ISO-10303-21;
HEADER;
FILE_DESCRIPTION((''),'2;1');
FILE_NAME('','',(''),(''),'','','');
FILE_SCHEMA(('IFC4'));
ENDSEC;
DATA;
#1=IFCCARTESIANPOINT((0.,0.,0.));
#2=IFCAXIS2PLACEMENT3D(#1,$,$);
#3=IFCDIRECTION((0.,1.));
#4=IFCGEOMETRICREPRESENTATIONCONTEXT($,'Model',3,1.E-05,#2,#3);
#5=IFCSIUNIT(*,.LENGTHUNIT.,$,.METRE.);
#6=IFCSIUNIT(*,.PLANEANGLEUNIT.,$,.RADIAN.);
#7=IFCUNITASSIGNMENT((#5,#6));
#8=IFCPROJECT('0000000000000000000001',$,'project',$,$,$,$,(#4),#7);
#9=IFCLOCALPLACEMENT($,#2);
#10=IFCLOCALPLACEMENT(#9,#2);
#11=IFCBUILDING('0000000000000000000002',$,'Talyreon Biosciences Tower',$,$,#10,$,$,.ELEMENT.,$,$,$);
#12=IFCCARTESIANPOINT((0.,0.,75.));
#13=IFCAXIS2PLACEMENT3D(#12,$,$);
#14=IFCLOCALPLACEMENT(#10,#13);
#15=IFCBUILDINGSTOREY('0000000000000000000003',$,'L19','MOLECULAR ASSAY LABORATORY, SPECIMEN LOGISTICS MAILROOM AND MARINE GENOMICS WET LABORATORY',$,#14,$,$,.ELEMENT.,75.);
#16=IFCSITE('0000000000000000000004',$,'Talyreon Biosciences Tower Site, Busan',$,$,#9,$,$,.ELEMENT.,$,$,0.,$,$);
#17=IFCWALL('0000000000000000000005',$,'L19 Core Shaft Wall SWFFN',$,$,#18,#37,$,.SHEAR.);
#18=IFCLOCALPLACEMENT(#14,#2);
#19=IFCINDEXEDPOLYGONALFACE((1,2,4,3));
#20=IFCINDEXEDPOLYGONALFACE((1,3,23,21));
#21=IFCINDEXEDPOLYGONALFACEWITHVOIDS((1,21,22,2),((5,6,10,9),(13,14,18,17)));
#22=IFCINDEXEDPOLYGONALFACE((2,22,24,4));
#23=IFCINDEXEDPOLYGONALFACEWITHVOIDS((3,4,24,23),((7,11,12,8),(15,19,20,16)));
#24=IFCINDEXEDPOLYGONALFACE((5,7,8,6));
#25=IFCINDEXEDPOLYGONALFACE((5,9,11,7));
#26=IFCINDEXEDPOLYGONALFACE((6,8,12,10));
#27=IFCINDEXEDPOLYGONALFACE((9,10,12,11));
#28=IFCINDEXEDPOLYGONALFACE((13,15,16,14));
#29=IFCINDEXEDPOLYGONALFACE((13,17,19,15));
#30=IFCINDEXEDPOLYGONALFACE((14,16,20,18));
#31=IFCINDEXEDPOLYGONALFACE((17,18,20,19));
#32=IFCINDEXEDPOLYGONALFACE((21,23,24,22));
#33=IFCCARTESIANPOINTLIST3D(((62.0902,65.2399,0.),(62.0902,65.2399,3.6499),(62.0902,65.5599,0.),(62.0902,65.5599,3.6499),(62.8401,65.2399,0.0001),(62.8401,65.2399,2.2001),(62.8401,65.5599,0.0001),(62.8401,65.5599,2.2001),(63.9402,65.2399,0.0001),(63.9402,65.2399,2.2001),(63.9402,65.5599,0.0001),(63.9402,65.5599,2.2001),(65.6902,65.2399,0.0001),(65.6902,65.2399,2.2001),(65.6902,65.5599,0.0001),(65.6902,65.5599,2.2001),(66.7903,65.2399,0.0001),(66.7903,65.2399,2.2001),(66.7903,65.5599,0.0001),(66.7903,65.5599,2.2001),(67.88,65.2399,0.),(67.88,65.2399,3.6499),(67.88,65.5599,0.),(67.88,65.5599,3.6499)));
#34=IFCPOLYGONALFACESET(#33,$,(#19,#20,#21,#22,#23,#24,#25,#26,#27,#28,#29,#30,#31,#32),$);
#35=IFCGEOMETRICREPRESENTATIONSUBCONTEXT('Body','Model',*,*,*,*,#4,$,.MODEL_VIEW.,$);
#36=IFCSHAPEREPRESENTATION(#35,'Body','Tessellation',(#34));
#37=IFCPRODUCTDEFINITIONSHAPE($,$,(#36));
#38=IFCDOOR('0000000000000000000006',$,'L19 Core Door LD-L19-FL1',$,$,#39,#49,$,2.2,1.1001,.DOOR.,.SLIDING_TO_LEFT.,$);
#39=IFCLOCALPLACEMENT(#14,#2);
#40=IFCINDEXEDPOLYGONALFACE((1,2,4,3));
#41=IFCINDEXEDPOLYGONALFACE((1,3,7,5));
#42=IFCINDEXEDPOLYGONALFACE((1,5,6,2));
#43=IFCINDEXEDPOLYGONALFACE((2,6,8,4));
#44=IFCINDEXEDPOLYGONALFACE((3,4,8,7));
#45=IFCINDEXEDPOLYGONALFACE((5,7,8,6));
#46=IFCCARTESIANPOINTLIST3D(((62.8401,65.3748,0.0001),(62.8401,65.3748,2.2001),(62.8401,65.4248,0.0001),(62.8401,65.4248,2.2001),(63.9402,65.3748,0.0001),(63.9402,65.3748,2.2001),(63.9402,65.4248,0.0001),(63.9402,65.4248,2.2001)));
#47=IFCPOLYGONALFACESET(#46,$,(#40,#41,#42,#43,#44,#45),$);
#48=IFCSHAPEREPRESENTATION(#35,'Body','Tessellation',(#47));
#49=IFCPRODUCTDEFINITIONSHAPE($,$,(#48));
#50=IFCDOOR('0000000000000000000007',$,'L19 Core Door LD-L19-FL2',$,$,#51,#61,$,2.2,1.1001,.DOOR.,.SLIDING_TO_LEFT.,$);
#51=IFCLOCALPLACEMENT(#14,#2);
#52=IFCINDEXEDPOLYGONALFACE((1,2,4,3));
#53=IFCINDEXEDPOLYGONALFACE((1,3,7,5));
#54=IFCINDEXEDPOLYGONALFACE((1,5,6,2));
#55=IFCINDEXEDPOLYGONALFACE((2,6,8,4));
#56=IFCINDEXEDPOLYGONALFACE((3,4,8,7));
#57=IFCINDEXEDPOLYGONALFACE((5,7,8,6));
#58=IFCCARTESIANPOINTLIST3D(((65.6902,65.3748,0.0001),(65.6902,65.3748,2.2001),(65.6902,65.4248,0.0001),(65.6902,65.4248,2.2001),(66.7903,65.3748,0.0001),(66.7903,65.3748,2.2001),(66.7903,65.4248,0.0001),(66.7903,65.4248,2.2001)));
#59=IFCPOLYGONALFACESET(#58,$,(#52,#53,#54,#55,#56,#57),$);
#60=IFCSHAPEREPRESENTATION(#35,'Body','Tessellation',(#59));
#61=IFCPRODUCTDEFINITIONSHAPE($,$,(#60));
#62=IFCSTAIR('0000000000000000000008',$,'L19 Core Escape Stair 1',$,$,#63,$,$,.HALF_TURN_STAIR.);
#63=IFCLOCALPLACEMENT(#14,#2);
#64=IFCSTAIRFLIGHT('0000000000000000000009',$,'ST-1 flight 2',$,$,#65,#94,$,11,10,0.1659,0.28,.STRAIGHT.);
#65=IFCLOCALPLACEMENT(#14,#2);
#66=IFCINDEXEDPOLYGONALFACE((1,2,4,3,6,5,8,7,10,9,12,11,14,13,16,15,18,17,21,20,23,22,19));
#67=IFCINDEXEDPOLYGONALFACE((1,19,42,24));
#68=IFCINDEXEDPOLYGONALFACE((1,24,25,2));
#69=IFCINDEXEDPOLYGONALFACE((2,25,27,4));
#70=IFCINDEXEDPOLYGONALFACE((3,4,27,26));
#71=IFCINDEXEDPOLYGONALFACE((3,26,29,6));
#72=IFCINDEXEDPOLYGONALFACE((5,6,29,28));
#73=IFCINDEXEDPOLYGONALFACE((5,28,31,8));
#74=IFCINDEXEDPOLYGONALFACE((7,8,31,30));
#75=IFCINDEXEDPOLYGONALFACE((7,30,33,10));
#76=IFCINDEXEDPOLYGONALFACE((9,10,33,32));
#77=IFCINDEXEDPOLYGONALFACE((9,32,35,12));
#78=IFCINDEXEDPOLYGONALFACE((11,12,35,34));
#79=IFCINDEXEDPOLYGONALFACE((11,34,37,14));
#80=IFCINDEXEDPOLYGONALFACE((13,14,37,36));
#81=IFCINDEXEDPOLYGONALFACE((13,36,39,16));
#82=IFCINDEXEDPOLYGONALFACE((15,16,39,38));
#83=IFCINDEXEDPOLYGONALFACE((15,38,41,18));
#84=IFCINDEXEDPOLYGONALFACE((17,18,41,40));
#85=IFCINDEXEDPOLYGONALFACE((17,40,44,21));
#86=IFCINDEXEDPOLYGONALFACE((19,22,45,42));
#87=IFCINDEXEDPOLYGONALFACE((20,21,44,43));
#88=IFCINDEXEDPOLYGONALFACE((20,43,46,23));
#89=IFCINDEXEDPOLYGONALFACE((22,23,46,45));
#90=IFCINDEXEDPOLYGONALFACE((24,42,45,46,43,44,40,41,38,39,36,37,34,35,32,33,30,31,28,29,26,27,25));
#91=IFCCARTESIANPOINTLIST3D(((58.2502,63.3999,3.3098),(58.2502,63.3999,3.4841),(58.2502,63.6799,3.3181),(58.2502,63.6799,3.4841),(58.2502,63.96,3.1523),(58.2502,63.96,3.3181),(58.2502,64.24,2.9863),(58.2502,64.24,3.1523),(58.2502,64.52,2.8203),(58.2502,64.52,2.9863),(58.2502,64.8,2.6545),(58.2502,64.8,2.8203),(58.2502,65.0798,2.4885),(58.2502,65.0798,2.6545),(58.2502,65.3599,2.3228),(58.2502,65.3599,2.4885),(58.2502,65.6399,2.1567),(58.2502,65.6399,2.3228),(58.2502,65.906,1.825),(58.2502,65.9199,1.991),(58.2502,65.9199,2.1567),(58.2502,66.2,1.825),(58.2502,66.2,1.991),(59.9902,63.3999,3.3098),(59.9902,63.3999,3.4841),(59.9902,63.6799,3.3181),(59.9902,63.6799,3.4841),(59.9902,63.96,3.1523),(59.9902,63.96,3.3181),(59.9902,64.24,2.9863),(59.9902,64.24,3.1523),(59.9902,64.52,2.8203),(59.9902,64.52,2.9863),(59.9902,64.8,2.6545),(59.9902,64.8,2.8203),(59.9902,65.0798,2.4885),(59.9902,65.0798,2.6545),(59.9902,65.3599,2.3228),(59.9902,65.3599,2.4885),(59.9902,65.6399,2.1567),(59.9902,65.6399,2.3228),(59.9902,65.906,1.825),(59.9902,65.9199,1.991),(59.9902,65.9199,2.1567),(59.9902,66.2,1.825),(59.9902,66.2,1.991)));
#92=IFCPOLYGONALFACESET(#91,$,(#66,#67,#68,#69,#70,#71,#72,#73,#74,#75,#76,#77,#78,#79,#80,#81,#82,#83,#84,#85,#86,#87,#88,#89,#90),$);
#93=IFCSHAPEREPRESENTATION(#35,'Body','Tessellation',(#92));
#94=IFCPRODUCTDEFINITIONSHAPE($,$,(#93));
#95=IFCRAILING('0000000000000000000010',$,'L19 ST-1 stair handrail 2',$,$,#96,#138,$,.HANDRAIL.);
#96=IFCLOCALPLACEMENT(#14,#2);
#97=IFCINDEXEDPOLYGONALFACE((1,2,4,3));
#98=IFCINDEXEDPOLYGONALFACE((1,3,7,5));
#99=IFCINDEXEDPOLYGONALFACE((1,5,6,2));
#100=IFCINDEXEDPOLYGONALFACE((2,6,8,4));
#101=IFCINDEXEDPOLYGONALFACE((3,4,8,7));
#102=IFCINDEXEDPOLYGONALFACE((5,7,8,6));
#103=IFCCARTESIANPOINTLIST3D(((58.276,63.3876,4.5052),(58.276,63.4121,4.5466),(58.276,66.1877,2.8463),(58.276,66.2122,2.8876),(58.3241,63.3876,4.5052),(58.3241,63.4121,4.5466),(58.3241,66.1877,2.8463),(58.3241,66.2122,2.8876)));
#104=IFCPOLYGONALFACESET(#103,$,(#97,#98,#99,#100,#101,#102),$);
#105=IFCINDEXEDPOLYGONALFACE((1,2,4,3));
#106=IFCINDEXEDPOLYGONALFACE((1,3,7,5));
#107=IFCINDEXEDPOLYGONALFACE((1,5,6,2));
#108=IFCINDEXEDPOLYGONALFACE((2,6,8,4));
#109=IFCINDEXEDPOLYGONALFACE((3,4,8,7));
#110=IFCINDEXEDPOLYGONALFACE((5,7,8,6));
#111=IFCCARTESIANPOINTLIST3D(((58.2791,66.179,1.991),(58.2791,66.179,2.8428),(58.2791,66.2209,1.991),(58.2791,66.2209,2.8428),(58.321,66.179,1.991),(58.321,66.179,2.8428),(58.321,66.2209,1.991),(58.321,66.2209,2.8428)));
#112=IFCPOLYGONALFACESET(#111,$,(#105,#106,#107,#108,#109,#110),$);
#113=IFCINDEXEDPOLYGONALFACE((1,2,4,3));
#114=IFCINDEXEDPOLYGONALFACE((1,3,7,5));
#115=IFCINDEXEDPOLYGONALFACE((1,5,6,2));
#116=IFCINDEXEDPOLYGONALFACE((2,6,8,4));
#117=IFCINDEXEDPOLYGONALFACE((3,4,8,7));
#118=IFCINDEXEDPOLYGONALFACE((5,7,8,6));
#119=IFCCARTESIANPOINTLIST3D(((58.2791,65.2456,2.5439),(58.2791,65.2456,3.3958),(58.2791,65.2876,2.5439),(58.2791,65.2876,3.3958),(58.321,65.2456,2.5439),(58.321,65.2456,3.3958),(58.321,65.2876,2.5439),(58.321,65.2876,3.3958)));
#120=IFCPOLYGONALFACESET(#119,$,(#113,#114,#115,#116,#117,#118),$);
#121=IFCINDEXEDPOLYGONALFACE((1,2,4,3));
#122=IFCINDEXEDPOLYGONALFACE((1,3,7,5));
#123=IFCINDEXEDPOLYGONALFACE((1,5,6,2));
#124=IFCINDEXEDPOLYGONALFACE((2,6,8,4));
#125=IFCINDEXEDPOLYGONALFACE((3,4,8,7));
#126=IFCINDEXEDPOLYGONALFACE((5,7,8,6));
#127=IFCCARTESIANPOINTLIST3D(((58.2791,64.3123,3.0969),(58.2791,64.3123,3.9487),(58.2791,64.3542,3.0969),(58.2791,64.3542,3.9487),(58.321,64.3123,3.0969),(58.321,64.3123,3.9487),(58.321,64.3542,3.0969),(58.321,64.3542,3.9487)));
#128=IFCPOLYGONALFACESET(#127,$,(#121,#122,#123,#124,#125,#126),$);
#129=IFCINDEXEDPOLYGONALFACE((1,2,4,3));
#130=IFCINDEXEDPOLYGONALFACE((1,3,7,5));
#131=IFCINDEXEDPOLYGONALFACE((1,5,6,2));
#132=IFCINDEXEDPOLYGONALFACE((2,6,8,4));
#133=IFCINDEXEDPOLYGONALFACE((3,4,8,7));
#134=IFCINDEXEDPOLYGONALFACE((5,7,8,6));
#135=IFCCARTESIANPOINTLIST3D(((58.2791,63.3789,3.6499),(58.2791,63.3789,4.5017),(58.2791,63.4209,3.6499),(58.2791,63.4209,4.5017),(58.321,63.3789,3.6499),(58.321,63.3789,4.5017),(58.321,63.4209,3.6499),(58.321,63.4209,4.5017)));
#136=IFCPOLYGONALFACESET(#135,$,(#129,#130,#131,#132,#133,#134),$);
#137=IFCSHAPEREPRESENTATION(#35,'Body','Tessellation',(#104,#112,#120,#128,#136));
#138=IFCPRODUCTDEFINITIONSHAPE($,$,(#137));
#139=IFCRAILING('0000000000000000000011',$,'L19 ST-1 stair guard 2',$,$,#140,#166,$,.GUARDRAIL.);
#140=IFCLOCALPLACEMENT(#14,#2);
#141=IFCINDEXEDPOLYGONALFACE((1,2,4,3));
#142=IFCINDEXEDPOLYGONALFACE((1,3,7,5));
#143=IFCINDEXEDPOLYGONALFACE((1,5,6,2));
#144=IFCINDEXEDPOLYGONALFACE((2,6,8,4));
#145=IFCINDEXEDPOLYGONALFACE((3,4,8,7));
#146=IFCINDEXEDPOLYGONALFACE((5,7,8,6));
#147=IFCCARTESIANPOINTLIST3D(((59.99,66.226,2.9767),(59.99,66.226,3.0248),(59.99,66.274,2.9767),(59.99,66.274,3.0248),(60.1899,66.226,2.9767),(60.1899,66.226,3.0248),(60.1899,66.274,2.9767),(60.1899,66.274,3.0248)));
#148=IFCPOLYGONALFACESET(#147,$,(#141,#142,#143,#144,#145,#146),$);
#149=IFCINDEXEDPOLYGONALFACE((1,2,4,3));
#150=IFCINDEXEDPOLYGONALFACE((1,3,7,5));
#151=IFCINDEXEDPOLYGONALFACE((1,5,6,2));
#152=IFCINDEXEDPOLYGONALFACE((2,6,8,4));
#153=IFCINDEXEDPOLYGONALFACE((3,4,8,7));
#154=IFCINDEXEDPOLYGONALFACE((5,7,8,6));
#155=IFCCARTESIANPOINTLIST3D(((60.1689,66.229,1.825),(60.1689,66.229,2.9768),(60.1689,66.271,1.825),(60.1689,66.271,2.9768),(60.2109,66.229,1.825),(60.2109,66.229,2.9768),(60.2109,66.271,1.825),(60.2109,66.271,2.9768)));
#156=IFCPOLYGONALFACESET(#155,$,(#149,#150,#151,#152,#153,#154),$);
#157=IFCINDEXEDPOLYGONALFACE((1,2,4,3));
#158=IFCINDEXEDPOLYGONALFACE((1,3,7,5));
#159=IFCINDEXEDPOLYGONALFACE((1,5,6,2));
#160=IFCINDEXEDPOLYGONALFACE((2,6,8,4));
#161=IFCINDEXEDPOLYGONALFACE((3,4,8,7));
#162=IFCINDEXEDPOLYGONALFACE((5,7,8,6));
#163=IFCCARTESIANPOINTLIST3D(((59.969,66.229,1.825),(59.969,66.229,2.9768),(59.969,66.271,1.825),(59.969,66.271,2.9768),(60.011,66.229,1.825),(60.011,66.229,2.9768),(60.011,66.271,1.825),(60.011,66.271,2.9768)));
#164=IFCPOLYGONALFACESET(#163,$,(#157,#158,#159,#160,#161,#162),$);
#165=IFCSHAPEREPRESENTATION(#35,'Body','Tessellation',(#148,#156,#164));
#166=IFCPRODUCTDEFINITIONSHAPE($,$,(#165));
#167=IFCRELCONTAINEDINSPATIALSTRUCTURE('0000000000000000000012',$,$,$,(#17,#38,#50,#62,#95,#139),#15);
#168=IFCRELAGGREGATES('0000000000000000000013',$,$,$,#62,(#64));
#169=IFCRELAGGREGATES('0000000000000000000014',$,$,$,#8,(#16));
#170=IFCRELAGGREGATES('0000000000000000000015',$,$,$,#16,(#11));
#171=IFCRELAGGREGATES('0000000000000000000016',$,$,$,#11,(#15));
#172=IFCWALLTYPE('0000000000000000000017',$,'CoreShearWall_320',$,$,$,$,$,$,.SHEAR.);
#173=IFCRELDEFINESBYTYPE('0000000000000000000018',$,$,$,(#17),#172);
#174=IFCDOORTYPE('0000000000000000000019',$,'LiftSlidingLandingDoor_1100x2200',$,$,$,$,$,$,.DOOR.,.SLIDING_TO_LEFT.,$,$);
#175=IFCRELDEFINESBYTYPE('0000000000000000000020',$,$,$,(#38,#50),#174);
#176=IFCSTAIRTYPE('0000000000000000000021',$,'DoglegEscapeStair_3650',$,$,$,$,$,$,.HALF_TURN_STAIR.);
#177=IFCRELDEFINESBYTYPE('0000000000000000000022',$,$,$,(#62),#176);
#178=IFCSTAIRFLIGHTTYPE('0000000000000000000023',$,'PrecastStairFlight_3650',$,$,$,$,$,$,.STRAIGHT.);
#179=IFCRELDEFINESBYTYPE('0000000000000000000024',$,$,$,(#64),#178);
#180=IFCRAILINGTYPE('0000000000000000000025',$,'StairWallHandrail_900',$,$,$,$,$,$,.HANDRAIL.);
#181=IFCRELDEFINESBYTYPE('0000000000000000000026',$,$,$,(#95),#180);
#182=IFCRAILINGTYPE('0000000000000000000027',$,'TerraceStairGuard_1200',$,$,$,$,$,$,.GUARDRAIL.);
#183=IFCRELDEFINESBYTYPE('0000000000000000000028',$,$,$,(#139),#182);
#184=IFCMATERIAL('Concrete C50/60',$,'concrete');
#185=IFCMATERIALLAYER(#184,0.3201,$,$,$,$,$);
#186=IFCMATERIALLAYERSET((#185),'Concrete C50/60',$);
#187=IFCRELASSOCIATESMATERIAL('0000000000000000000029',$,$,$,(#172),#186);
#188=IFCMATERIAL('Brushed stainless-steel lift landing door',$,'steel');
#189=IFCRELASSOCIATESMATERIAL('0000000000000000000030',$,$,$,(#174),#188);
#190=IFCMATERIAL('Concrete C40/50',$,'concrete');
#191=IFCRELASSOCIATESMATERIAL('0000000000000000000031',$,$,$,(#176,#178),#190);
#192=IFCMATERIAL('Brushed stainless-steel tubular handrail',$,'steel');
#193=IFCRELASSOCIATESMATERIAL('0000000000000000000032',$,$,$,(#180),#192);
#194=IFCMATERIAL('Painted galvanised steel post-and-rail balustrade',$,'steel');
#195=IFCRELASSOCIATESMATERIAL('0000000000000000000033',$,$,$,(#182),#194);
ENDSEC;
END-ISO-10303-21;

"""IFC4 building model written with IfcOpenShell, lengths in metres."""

from ifc_helpers import new_model, si_unit, direction, frame, frame_2d, origin, origin_2d, place, context, subcontext, project, spatial, polyline, rectangle, outline, extrude, material, layer, layer_set, type_object, element, fill, aggregate, save


model = new_model("IFC4")

# Units and contexts
model_context = context("Model", 3, precision=1e-05, world=origin(), true_north=direction((0.0, 1.0)))
body_context = subcontext(model_context, "Body", "Model", "MODEL_VIEW")
ifc_project = project(units=[si_unit("LENGTHUNIT", "METRE"), si_unit("PLANEANGLEUNIT", "RADIAN")], contexts=[model_context])

# Site, building, storey
site_placement = place(None, origin())
site = spatial("IfcSite", under=ifc_project, at=site_placement, Name="Talyreon Biosciences Tower Site, Busan", CompositionType="ELEMENT", RefElevation=0.0)
building_placement = place(site_placement, origin())
building = spatial("IfcBuilding", under=site, at=building_placement, Name="Talyreon Biosciences Tower", CompositionType="ELEMENT")
storey_placement = place(building_placement, frame((0.0, 0.0, 75.0)))
storey = spatial("IfcBuildingStorey", under=building, at=storey_placement, Name="L19", Description="MOLECULAR ASSAY LABORATORY, SPECIMEN LOGISTICS MAILROOM AND MARINE GENOMICS WET LABORATORY", CompositionType="ELEMENT", Elevation=75.0)

# Shared definitions
ifc_material_1 = material(Name="Concrete C50/60", Category="concrete")
ifc_layer_1 = layer(ifc_material_1, 0.3201)
ifc_layer_set_1 = layer_set([ifc_layer_1], Name="Concrete C50/60")
wall_type_1 = type_object("IfcWallType", Name="CoreShearWall_320", PredefinedType="SHEAR", material=ifc_layer_set_1)

# Shared definitions
ifc_material_2 = material(Name="Brushed stainless-steel lift landing door", Category="steel")
door_type = type_object("IfcDoorType", Name="LiftSlidingLandingDoor_1100x2200", OperationType="SLIDING_TO_LEFT", PredefinedType="DOOR", material=ifc_material_2)

# Wall, openings, doors
wall_1_placement = place(storey_placement, frame((62.0901, 65.3999, 0.0), z_axis=(0.0, 0.0, 1.0), x_axis=(1.0, 0.0, 0.0)))
wall_1 = element("IfcWall", 1, at=wall_1_placement, inside=storey, type_object=wall_type_1, Name="L19 Core Shaft Wall SWFFN", PredefinedType="SHEAR", context=body_context, shape_type="SweptSolid", body=[
    extrude(rectangle(XDim=5.7898, YDim=0.3201, at=frame_2d((2.895, 0.0))), origin(), (0.0, 0.0, 1.0), 3.6499),
])
opening_1_placement = place(wall_1_placement, frame((0.75, 0.0, 0.0)))
opening_1 = element("IfcOpeningElement", 2, at=opening_1_placement, cuts=wall_1, PredefinedType="OPENING", context=body_context, shape_type="SweptSolid", body=[
    extrude(rectangle(XDim=1.1001, YDim=2.2, at=frame_2d((0.55, 1.1001))), frame((0.0, 0.1699, 0.0), z_axis=(0.0, -1.0, 0.0), x_axis=(1.0, 0.0, 0.0)), (0.0, 0.0, 1.0), 0.3401),
])
opening_2_placement = place(wall_1_placement, frame((3.6001, 0.0, 0.0)))
opening_2 = element("IfcOpeningElement", 3, at=opening_2_placement, cuts=wall_1, PredefinedType="OPENING", context=body_context, shape_type="SweptSolid", body=[
    extrude(rectangle(XDim=1.1001, YDim=2.2, at=frame_2d((0.55, 1.1001))), frame((0.0, 0.1699, 0.0), z_axis=(0.0, -1.0, 0.0), x_axis=(1.0, 0.0, 0.0)), (0.0, 0.0, 1.0), 0.3401),
])
door_1_placement = place(opening_1_placement, origin())
door_1 = element("IfcDoor", 4, at=door_1_placement, inside=storey, type_object=door_type, Name="L19 Core Door LD-L19-FL1", OperationType="SLIDING_TO_LEFT", OverallHeight=2.2, OverallWidth=1.1001, PredefinedType="DOOR", context=body_context, shape_type="SweptSolid", body=[
    extrude(rectangle(XDim=1.1001, YDim=2.2, at=frame_2d((0.55, 1.1001))), frame((0.0, 0.0249, 0.0), z_axis=(0.0, -1.0, 0.0), x_axis=(1.0, 0.0, 0.0)), (0.0, 0.0, 1.0), 0.05),
])
fill(opening_1, door_1)
door_2_placement = place(opening_2_placement, origin())
door_2 = element("IfcDoor", 5, at=door_2_placement, inside=storey, type_object=door_type, Name="L19 Core Door LD-L19-FL2", OperationType="SLIDING_TO_LEFT", OverallHeight=2.2, OverallWidth=1.1001, PredefinedType="DOOR", context=body_context, shape_type="SweptSolid", body=[
    extrude(rectangle(XDim=1.1001, YDim=2.2, at=frame_2d((0.55, 1.1001))), frame((0.0, 0.0249, 0.0), z_axis=(0.0, -1.0, 0.0), x_axis=(1.0, 0.0, 0.0)), (0.0, 0.0, 1.0), 0.05),
])
fill(opening_2, door_2)

# Stair, stair flight
ifc_material_3 = material(Name="Concrete C40/50", Category="concrete")
stair_type = type_object("IfcStairType", Name="DoglegEscapeStair_3650", PredefinedType="HALF_TURN_STAIR", material=ifc_material_3)
stair_placement = place(storey_placement, origin())
stair = element("IfcStair", 6, at=stair_placement, inside=storey, type_object=stair_type, Name="L19 Core Escape Stair 1", PredefinedType="HALF_TURN_STAIR")
stair_flight_type = type_object("IfcStairFlightType", Name="PrecastStairFlight_3650", PredefinedType="STRAIGHT", material=ifc_material_3)
stair_flight_placement = place(storey_placement, frame((59.1201, 66.2, 1.825), z_axis=(0.0, 0.0, 1.0), x_axis=(0.0, -1.0, 0.0)))
stair_flight = element("IfcStairFlight", 7, at=stair_flight_placement, type_object=stair_flight_type, Name="ST-1 flight 2", NumberOfRisers=11, NumberOfTreads=10, PredefinedType="STRAIGHT", RiserHeight=0.1659, TreadLength=0.28, context=body_context, shape_type="SweptSolid", body=[
    extrude(outline(polyline([(0.0, 0.0), (0.0, 0.166), (0.28, 0.166), (0.28, 0.3318), (0.5601, 0.3318), (0.5601, 0.4978), (0.8401, 0.4978), (0.8401, 0.6636), (1.1201, 0.6636), (1.1201, 0.8296), (1.3999, 0.8296), (1.3999, 0.9954), (1.6799, 0.9954), (1.6799, 1.1614), (1.96, 1.1614), (1.96, 1.3274), (2.24, 1.3274), (2.24, 1.4932), (2.52, 1.4932), (2.52, 1.6592), (2.8, 1.6592), (2.8, 1.825), (2.8, 1.4849), (0.2939, 0.0), (0.0, 0.0)])), frame((0.0, 0.8701, 0.0), z_axis=(0.0, -1.0, 0.0), x_axis=(1.0, 0.0, 0.0)), (0.0, 0.0, 1.0), 1.74),
])
aggregate(stair, [stair_flight])

# Railings
ifc_material_4 = material(Name="Brushed stainless-steel tubular handrail", Category="steel")
railing_type_1 = type_object("IfcRailingType", Name="StairWallHandrail_900", PredefinedType="HANDRAIL", material=ifc_material_4)
railing_1_placement = place(storey_placement, frame((58.3, 66.2, 1.991)))
element("IfcRailing", 8, at=railing_1_placement, inside=storey, type_object=railing_type_1, Name="L19 ST-1 stair handrail 2", PredefinedType="HANDRAIL", context=body_context, shape_type="SweptSolid", body=[
    extrude(rectangle(XDim=0.0481, YDim=0.0481, at=origin_2d()), frame((0.0, 0.0, 0.876), z_axis=(0.0, -0.860339, 0.509722), x_axis=(1.0, 0.0, 0.0)), (0.0, 0.0, 1.0), 3.2546),
    extrude(rectangle(XDim=0.042, YDim=0.042, at=origin_2d()), origin(), (0.0, 0.0, 1.0), 0.8518),
    extrude(rectangle(XDim=0.042, YDim=0.042, at=origin_2d()), frame((0.0, -0.9333, 0.553)), (0.0, 0.0, 1.0), 0.8518),
    extrude(rectangle(XDim=0.042, YDim=0.042, at=origin_2d()), frame((0.0, -1.8667, 1.106)), (0.0, 0.0, 1.0), 0.8518),
    extrude(rectangle(XDim=0.042, YDim=0.042, at=origin_2d()), frame((0.0, -2.8, 1.6589)), (0.0, 0.0, 1.0), 0.8518),
])
ifc_material_5 = material(Name="Painted galvanised steel post-and-rail balustrade", Category="steel")
railing_type_2 = type_object("IfcRailingType", Name="TerraceStairGuard_1200", PredefinedType="GUARDRAIL", material=ifc_material_5)
railing_2_placement = place(storey_placement, frame((60.1899, 66.25, 1.825)))
element("IfcRailing", 9, at=railing_2_placement, inside=storey, type_object=railing_type_2, Name="L19 ST-1 stair guard 2", PredefinedType="GUARDRAIL", context=body_context, shape_type="SweptSolid", body=[
    extrude(rectangle(XDim=0.0481, YDim=0.0481, at=origin_2d()), frame((0.0, 0.0, 1.1758), z_axis=(-1.0, 0.0, 0.0), x_axis=(0.0, -1.0, 0.0)), (0.0, 0.0, 1.0), 0.2),
    extrude(rectangle(XDim=0.042, YDim=0.042, at=origin_2d()), origin(), (0.0, 0.0, 1.0), 1.1519),
    extrude(rectangle(XDim=0.042, YDim=0.042, at=origin_2d()), frame((-0.2, 0.0, 0.0)), (0.0, 0.0, 1.0), 1.1519),
])

save(model, "model.ifc")
